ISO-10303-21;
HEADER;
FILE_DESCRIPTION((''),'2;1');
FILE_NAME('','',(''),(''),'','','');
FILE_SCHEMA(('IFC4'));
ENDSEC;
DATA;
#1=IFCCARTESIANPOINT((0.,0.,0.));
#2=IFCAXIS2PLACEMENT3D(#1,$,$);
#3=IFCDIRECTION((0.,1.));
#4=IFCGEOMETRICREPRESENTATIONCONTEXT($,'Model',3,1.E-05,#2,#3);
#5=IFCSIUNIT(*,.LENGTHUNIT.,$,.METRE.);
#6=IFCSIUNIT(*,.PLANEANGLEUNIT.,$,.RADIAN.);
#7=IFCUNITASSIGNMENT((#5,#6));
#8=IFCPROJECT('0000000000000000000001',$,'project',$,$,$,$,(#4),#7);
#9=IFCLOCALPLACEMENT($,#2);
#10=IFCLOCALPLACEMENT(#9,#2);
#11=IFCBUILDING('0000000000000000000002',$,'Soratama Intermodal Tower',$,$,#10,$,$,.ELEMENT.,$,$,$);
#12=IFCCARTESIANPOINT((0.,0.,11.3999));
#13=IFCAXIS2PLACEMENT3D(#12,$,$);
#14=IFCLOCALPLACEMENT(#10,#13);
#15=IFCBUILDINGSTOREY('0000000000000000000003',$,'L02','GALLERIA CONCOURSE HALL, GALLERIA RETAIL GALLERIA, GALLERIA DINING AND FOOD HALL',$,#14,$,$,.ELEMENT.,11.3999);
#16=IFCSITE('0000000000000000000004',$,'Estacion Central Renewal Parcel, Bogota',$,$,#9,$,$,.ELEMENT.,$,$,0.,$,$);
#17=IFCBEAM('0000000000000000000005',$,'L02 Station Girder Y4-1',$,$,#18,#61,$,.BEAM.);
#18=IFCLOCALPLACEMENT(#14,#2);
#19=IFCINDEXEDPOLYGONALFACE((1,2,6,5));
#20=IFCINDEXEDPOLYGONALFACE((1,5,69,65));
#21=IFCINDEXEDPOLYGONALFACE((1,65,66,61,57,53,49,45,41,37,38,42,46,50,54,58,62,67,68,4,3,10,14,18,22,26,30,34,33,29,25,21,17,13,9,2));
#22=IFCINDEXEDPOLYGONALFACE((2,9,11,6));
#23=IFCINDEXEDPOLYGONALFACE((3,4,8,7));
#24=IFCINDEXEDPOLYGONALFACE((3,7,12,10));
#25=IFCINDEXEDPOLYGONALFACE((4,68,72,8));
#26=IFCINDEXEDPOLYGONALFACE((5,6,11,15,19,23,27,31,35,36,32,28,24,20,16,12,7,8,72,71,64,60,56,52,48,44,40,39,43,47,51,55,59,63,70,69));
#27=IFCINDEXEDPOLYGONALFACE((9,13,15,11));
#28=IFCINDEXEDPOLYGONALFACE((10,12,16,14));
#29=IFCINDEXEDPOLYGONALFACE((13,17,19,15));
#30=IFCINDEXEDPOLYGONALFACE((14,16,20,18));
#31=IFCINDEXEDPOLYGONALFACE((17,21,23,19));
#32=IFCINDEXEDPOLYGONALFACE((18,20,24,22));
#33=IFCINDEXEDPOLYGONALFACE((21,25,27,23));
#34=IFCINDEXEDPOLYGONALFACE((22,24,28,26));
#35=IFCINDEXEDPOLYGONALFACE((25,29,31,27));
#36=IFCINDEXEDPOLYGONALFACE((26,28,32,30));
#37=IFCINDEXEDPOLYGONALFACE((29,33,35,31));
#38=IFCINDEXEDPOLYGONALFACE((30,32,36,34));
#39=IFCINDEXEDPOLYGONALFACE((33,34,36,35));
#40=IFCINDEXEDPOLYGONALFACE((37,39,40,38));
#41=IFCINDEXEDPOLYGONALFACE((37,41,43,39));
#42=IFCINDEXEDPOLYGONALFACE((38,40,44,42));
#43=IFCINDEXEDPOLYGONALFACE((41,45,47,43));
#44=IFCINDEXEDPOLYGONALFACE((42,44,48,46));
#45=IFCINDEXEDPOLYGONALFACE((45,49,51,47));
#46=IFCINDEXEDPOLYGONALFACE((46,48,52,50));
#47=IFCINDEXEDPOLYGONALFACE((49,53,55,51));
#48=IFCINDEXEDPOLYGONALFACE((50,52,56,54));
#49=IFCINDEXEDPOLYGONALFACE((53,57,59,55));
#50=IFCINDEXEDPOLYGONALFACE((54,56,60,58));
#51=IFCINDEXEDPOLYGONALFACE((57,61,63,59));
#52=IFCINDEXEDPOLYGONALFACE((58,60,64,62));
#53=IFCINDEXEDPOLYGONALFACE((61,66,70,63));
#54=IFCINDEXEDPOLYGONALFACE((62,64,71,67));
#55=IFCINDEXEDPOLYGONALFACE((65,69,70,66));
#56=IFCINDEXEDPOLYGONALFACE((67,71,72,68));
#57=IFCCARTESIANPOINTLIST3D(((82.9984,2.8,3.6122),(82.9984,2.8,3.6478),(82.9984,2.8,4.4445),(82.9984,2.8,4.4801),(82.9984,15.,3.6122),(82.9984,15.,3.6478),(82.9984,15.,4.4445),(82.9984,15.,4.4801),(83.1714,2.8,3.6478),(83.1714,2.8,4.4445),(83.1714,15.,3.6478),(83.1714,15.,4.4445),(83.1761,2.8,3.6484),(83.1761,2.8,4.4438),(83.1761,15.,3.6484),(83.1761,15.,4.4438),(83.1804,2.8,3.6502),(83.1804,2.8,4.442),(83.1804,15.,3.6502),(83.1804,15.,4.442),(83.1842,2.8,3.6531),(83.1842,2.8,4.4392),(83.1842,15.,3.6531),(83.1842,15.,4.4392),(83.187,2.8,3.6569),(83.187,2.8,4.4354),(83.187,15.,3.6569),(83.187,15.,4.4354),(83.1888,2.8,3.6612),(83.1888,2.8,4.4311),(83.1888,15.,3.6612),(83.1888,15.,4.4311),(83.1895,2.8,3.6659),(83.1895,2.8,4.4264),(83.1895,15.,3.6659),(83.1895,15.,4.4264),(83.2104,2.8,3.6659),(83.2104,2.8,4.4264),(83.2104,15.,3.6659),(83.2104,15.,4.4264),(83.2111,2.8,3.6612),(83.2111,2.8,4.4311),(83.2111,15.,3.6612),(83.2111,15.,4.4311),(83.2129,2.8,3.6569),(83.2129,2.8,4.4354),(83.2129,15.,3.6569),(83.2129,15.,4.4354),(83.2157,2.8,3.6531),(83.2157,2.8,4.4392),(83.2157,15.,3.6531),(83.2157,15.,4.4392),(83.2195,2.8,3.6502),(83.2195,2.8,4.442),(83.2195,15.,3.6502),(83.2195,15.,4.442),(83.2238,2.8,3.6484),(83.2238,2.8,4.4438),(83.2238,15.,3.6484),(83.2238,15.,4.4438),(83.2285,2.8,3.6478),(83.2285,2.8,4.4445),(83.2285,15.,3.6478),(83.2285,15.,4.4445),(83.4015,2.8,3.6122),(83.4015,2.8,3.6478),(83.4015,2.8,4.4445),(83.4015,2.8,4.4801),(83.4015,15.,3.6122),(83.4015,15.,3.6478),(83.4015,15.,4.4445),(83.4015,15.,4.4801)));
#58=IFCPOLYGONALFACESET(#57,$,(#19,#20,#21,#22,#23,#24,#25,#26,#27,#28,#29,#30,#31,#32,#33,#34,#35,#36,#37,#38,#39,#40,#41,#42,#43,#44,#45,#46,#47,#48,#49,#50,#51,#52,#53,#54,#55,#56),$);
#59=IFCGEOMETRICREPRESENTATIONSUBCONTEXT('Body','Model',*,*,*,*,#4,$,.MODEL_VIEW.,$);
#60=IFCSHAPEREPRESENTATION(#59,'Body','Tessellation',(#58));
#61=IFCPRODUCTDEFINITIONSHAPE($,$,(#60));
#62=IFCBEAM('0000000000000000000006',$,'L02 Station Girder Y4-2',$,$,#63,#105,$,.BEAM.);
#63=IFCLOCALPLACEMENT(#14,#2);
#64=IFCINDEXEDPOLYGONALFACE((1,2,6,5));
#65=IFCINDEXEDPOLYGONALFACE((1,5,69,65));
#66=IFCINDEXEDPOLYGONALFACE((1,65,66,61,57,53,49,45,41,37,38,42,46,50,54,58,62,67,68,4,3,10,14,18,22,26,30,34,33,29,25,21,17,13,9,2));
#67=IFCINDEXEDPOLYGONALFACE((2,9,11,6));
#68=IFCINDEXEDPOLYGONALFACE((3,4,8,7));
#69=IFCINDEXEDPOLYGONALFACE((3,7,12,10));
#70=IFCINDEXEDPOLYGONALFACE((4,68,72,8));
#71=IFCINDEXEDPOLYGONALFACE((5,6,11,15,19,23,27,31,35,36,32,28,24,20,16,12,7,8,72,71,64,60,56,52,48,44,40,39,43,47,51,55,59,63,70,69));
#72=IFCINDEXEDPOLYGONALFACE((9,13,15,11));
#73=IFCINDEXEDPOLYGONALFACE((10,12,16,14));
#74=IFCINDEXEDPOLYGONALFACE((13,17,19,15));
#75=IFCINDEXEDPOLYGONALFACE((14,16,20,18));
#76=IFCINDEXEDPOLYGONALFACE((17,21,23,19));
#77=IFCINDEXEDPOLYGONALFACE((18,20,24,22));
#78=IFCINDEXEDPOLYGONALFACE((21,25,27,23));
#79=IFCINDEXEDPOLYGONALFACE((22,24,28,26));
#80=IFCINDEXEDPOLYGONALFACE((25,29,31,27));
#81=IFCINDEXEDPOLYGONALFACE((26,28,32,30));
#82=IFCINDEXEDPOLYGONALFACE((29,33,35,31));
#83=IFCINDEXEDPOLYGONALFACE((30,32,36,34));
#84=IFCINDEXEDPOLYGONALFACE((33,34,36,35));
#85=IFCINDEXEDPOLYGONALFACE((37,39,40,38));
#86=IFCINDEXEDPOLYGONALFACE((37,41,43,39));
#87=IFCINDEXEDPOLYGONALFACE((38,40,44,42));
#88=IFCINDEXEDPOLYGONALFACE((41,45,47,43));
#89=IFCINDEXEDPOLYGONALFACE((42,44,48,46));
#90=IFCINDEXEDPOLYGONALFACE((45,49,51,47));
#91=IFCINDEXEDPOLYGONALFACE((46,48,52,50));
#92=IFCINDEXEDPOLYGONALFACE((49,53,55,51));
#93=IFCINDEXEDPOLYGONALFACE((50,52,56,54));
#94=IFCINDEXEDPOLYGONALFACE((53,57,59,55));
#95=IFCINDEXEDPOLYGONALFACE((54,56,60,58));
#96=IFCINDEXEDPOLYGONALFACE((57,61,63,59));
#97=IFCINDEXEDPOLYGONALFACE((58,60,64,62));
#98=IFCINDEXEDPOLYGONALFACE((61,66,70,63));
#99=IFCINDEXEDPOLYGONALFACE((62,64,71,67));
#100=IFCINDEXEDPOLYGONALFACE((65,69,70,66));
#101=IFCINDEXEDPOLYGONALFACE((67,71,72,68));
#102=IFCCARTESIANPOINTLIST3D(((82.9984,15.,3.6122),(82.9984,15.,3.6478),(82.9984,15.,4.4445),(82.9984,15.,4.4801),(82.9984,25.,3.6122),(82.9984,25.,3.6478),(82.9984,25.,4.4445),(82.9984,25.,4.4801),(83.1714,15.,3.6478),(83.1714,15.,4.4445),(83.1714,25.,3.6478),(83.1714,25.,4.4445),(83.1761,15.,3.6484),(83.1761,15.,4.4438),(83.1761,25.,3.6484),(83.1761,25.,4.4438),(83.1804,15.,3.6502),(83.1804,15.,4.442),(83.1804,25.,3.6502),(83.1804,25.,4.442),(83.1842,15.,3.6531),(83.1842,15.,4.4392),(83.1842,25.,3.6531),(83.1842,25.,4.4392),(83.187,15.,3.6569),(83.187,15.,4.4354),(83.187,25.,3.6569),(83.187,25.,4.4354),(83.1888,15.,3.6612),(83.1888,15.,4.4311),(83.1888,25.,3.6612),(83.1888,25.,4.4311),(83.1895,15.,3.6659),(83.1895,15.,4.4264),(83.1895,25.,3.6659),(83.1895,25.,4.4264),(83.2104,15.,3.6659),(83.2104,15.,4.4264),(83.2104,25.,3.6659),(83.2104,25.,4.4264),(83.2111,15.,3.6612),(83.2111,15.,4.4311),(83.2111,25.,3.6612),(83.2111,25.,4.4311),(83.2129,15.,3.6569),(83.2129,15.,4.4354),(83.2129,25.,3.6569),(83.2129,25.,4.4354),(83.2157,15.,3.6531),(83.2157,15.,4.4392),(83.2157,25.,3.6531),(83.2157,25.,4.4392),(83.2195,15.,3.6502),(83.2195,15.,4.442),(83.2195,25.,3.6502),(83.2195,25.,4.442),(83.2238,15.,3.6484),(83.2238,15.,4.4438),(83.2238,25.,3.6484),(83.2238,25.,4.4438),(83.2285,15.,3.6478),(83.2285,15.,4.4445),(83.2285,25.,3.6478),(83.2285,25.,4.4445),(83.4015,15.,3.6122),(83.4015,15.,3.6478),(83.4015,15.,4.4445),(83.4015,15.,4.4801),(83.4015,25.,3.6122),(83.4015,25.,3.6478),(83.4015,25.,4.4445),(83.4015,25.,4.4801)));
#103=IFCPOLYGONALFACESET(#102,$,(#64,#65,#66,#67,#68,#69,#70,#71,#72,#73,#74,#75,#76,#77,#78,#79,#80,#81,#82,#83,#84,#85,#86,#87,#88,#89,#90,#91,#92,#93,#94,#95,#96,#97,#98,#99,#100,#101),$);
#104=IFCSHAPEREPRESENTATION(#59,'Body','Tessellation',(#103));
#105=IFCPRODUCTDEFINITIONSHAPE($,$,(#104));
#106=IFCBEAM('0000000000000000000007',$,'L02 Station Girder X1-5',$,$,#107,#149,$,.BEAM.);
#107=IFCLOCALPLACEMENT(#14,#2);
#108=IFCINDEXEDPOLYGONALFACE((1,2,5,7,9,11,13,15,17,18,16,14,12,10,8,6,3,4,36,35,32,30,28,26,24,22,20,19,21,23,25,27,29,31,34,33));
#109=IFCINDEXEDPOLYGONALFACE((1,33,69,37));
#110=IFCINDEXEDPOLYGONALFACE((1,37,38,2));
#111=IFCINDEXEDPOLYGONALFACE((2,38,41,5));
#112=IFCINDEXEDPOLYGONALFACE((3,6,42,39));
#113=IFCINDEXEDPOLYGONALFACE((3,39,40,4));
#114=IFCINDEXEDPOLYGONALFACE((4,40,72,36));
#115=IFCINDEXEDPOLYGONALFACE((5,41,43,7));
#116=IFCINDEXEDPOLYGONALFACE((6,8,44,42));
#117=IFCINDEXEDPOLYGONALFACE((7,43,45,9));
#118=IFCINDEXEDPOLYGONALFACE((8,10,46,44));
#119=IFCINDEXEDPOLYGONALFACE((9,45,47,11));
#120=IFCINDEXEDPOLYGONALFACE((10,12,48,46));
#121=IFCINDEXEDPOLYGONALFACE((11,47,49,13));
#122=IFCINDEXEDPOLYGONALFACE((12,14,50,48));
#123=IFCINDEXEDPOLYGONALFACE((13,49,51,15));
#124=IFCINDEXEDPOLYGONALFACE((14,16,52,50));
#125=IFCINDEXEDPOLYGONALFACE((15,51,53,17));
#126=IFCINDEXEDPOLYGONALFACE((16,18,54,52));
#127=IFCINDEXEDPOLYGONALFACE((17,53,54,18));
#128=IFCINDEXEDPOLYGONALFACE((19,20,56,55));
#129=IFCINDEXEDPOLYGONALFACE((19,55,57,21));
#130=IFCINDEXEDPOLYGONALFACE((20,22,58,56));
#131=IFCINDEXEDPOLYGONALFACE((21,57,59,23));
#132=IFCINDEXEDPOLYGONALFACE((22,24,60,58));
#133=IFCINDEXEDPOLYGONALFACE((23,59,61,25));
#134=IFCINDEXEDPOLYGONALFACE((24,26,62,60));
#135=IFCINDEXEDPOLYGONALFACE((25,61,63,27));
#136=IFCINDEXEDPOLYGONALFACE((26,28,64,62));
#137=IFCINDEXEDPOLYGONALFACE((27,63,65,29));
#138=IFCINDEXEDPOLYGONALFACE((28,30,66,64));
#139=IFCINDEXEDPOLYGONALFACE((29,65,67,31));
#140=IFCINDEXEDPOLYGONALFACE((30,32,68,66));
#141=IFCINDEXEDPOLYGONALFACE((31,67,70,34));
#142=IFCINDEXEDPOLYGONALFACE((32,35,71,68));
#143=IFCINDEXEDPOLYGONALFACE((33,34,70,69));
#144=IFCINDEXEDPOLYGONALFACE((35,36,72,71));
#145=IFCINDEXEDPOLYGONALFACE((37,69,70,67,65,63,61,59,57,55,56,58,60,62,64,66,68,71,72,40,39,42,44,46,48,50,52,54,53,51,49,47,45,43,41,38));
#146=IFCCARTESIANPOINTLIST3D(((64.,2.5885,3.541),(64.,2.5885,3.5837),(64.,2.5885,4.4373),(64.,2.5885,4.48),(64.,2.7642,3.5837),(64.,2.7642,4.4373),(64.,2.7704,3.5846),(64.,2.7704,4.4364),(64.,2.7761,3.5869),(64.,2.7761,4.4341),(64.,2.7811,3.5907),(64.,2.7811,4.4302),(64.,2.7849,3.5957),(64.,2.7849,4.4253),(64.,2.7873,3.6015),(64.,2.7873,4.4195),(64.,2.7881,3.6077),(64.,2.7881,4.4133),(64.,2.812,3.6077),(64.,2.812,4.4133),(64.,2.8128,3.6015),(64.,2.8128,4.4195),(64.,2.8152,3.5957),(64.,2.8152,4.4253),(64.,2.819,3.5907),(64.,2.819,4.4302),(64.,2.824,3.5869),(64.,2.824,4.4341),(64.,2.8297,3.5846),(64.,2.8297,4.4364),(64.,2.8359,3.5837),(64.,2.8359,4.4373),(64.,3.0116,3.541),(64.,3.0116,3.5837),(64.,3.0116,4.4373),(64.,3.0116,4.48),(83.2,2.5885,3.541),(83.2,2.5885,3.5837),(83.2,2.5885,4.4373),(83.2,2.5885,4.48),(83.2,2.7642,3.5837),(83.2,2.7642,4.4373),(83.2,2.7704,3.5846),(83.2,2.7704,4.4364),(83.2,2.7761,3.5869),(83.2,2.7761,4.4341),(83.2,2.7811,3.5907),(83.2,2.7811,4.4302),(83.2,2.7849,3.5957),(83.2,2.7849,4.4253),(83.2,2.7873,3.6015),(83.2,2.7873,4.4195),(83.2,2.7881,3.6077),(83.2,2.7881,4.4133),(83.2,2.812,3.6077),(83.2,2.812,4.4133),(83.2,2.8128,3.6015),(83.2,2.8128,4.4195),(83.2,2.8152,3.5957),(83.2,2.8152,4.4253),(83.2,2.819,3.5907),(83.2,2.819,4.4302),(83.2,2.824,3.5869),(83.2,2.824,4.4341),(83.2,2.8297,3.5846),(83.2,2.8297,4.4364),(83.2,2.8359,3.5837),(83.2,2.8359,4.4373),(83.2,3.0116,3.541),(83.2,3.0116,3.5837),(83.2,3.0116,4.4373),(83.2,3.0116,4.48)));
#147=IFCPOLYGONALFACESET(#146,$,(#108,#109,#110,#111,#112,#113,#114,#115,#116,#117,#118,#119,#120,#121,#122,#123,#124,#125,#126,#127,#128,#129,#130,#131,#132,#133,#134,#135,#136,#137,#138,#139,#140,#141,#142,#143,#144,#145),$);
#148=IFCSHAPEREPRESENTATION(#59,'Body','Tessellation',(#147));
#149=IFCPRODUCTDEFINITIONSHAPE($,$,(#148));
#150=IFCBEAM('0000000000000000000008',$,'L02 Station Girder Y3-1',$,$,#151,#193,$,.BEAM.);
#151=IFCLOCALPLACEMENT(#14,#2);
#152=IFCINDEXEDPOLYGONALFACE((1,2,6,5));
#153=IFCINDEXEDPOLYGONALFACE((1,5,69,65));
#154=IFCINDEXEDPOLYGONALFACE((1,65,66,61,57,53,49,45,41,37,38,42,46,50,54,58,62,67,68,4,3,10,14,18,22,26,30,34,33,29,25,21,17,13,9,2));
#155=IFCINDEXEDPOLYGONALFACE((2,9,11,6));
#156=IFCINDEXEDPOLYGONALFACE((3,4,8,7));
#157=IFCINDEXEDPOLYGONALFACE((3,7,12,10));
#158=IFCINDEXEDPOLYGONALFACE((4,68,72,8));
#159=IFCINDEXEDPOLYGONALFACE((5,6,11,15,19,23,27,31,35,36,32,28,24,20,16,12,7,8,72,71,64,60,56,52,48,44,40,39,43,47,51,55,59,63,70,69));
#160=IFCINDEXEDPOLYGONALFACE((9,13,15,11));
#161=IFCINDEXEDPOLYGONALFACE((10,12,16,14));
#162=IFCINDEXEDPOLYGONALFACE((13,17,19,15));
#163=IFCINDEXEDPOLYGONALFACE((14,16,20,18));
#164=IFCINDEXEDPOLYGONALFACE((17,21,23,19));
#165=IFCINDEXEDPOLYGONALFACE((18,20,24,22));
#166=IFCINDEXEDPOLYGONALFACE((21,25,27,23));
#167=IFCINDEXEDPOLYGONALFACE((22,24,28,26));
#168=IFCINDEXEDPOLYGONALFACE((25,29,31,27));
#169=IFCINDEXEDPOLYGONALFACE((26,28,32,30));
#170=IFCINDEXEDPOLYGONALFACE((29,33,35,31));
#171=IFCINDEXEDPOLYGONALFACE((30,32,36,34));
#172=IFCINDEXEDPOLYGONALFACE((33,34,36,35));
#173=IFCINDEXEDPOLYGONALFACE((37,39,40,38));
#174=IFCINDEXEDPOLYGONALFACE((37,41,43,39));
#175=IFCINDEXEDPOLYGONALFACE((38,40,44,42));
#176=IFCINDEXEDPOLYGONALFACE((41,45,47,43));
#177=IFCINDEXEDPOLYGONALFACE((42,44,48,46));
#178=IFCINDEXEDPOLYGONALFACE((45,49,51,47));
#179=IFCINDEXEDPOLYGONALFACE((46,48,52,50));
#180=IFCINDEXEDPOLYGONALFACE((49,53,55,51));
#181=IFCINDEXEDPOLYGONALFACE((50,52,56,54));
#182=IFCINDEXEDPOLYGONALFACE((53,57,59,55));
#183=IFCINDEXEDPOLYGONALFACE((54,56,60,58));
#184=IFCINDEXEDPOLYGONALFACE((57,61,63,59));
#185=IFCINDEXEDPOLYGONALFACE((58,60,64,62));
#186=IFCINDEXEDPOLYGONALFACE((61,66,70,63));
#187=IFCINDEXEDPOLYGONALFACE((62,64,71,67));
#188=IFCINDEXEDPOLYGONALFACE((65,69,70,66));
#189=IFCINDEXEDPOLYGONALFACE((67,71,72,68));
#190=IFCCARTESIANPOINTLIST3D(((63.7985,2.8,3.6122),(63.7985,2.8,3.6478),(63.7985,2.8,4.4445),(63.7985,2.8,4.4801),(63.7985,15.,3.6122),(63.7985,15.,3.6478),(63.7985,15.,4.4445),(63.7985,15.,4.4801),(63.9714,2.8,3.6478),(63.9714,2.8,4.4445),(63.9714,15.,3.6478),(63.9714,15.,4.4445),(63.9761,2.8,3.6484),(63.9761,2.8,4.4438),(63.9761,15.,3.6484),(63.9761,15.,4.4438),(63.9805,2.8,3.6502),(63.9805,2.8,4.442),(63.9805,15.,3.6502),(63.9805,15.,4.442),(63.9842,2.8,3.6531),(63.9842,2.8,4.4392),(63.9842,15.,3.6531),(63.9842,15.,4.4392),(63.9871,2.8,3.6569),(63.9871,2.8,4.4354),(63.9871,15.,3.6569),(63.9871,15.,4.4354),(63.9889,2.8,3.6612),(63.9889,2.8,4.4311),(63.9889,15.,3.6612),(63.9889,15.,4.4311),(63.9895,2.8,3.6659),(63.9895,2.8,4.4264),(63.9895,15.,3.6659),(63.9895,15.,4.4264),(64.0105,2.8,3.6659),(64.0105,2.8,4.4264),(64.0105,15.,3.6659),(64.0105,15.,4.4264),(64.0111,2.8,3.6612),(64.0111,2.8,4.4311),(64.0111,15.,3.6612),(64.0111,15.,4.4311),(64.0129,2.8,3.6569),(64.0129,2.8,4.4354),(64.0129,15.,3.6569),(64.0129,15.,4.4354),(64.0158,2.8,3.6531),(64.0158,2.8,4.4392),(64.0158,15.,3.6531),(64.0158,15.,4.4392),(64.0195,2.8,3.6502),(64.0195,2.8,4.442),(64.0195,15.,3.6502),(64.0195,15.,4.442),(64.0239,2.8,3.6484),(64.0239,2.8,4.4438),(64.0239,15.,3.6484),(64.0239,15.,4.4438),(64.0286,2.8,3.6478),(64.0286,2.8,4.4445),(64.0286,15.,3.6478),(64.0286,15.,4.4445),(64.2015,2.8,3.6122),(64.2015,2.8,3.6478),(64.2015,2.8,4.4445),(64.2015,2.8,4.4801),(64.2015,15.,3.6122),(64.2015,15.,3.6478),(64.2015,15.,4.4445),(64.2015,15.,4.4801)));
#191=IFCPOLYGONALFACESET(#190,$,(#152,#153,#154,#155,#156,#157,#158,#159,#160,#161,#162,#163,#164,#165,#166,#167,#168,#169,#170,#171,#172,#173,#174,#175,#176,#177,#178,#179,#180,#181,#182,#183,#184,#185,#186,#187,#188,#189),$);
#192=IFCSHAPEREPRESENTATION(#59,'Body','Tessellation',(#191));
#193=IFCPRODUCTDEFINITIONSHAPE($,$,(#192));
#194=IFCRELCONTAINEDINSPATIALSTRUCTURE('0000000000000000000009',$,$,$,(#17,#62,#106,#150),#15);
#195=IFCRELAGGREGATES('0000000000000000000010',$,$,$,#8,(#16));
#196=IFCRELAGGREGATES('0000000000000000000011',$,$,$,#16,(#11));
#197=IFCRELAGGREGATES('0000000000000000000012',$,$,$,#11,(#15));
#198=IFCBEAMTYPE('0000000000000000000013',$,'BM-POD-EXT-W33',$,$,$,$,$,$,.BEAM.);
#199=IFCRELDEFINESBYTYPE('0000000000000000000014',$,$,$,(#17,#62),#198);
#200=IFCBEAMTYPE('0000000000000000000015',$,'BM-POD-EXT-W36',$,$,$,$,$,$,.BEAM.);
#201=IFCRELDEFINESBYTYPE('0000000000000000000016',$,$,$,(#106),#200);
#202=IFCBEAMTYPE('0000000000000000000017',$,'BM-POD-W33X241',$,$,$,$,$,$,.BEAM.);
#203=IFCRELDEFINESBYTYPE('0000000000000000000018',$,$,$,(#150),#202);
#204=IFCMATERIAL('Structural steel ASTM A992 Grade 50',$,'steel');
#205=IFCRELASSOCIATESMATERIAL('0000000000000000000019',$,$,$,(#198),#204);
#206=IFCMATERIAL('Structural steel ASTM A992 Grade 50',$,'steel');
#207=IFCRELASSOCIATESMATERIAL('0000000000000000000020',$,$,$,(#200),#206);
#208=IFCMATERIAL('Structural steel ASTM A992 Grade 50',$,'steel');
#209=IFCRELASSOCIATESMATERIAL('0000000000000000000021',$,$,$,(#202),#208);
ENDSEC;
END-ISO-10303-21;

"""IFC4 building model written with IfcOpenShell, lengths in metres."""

from ifc_helpers import new_model, si_unit, direction, frame, origin, origin_2d, place, context, subcontext, project, spatial, i_section, extrude, material, material_profile, profile_set, type_object, element, save


model = new_model("IFC4")

# Units and contexts
model_context = context("Model", 3, precision=1e-05, world=origin(), true_north=direction((0.0, 1.0)))
body_context = subcontext(model_context, "Body", "Model", "MODEL_VIEW")
ifc_project = project(units=[si_unit("LENGTHUNIT", "METRE"), si_unit("PLANEANGLEUNIT", "RADIAN")], contexts=[model_context])

# Site, building, storey
site_placement = place(None, origin())
site = spatial("IfcSite", under=ifc_project, at=site_placement, Name="Estacion Central Renewal Parcel, Bogota", CompositionType="ELEMENT", RefElevation=0.0)
building_placement = place(site_placement, origin())
building = spatial("IfcBuilding", under=site, at=building_placement, Name="Soratama Intermodal Tower", CompositionType="ELEMENT")
storey_placement = place(building_placement, frame((0.0, 0.0, 11.3999)))
storey = spatial("IfcBuildingStorey", under=building, at=storey_placement, Name="L02", Description="GALLERIA CONCOURSE HALL, GALLERIA RETAIL GALLERIA, GALLERIA DINING AND FOOD HALL", CompositionType="ELEMENT", Elevation=11.3999)

# Beams
ifc_material_1 = material(Name="Structural steel ASTM A992 Grade 50", Category="steel")
ifc_material_profile_1 = material_profile(ifc_material_1, i_section(OverallWidth=0.4031, OverallDepth=0.8679, WebThickness=0.021, FlangeThickness=0.0356, FilletRadius=0.0181, at=origin_2d()), Name="W33X241")
ifc_profile_set_1 = profile_set([ifc_material_profile_1], Name="Structural steel ASTM A992 Grade 50")
beam_type_1 = type_object("IfcBeamType", Name="BM-POD-EXT-W33", PredefinedType="BEAM", material=ifc_profile_set_1)
beam_1_placement = place(storey_placement, frame((83.2, 2.8, 4.0461), z_axis=(0.0, 1.0, 0.0), x_axis=(-1.0, 0.0, 0.0)))
element("IfcBeam", 1, at=beam_1_placement, inside=storey, type_object=beam_type_1, Name="L02 Station Girder Y4-1", PredefinedType="BEAM", context=body_context, shape_type="SweptSolid", body=[
    extrude(i_section(OverallWidth=0.4031, OverallDepth=0.8679, WebThickness=0.021, FlangeThickness=0.0356, FilletRadius=0.0181, at=origin_2d()), origin(), (0.0, 0.0, 1.0), 12.2),
])
beam_2_placement = place(storey_placement, frame((83.2, 15.0, 4.0461), z_axis=(0.0, 1.0, 0.0), x_axis=(-1.0, 0.0, 0.0)))
element("IfcBeam", 2, at=beam_2_placement, inside=storey, type_object=beam_type_1, Name="L02 Station Girder Y4-2", PredefinedType="BEAM", context=body_context, shape_type="SweptSolid", body=[
    extrude(i_section(OverallWidth=0.4031, OverallDepth=0.8679, WebThickness=0.021, FlangeThickness=0.0356, FilletRadius=0.0181, at=origin_2d()), origin(), (0.0, 0.0, 1.0), 10.0),
])
ifc_material_2 = material(Name="Structural steel ASTM A992 Grade 50", Category="steel")
ifc_material_profile_2 = material_profile(ifc_material_2, i_section(OverallWidth=0.4231, OverallDepth=0.939, WebThickness=0.0239, FlangeThickness=0.0427, FilletRadius=0.0239, at=origin_2d()), Name="W36X302")
ifc_profile_set_2 = profile_set([ifc_material_profile_2], Name="Structural steel ASTM A992 Grade 50")
beam_type_2 = type_object("IfcBeamType", Name="BM-POD-EXT-W36", PredefinedType="BEAM", material=ifc_profile_set_2)
beam_3_placement = place(storey_placement, frame((64.0, 2.8, 4.0105), z_axis=(1.0, 0.0, 0.0), x_axis=(0.0, 1.0, 0.0)))
element("IfcBeam", 3, at=beam_3_placement, inside=storey, type_object=beam_type_2, Name="L02 Station Girder X1-5", PredefinedType="BEAM", context=body_context, shape_type="SweptSolid", body=[
    extrude(i_section(OverallWidth=0.4231, OverallDepth=0.939, WebThickness=0.0239, FlangeThickness=0.0427, FilletRadius=0.0239, at=origin_2d()), origin(), (0.0, 0.0, 1.0), 19.2),
])
ifc_material_3 = material(Name="Structural steel ASTM A992 Grade 50", Category="steel")
ifc_material_profile_3 = material_profile(ifc_material_3, i_section(OverallWidth=0.4031, OverallDepth=0.8679, WebThickness=0.021, FlangeThickness=0.0356, FilletRadius=0.0181, at=origin_2d()), Name="W33X241")
ifc_profile_set_3 = profile_set([ifc_material_profile_3], Name="Structural steel ASTM A992 Grade 50")
beam_type_3 = type_object("IfcBeamType", Name="BM-POD-W33X241", PredefinedType="BEAM", material=ifc_profile_set_3)
beam_4_placement = place(storey_placement, frame((64.0, 2.8, 4.0461), z_axis=(0.0, 1.0, 0.0), x_axis=(-1.0, 0.0, 0.0)))
element("IfcBeam", 4, at=beam_4_placement, inside=storey, type_object=beam_type_3, Name="L02 Station Girder Y3-1", PredefinedType="BEAM", context=body_context, shape_type="SweptSolid", body=[
    extrude(i_section(OverallWidth=0.4031, OverallDepth=0.8679, WebThickness=0.021, FlangeThickness=0.0356, FilletRadius=0.0181, at=origin_2d()), origin(), (0.0, 0.0, 1.0), 12.2),
])

save(model, "model.ifc")
